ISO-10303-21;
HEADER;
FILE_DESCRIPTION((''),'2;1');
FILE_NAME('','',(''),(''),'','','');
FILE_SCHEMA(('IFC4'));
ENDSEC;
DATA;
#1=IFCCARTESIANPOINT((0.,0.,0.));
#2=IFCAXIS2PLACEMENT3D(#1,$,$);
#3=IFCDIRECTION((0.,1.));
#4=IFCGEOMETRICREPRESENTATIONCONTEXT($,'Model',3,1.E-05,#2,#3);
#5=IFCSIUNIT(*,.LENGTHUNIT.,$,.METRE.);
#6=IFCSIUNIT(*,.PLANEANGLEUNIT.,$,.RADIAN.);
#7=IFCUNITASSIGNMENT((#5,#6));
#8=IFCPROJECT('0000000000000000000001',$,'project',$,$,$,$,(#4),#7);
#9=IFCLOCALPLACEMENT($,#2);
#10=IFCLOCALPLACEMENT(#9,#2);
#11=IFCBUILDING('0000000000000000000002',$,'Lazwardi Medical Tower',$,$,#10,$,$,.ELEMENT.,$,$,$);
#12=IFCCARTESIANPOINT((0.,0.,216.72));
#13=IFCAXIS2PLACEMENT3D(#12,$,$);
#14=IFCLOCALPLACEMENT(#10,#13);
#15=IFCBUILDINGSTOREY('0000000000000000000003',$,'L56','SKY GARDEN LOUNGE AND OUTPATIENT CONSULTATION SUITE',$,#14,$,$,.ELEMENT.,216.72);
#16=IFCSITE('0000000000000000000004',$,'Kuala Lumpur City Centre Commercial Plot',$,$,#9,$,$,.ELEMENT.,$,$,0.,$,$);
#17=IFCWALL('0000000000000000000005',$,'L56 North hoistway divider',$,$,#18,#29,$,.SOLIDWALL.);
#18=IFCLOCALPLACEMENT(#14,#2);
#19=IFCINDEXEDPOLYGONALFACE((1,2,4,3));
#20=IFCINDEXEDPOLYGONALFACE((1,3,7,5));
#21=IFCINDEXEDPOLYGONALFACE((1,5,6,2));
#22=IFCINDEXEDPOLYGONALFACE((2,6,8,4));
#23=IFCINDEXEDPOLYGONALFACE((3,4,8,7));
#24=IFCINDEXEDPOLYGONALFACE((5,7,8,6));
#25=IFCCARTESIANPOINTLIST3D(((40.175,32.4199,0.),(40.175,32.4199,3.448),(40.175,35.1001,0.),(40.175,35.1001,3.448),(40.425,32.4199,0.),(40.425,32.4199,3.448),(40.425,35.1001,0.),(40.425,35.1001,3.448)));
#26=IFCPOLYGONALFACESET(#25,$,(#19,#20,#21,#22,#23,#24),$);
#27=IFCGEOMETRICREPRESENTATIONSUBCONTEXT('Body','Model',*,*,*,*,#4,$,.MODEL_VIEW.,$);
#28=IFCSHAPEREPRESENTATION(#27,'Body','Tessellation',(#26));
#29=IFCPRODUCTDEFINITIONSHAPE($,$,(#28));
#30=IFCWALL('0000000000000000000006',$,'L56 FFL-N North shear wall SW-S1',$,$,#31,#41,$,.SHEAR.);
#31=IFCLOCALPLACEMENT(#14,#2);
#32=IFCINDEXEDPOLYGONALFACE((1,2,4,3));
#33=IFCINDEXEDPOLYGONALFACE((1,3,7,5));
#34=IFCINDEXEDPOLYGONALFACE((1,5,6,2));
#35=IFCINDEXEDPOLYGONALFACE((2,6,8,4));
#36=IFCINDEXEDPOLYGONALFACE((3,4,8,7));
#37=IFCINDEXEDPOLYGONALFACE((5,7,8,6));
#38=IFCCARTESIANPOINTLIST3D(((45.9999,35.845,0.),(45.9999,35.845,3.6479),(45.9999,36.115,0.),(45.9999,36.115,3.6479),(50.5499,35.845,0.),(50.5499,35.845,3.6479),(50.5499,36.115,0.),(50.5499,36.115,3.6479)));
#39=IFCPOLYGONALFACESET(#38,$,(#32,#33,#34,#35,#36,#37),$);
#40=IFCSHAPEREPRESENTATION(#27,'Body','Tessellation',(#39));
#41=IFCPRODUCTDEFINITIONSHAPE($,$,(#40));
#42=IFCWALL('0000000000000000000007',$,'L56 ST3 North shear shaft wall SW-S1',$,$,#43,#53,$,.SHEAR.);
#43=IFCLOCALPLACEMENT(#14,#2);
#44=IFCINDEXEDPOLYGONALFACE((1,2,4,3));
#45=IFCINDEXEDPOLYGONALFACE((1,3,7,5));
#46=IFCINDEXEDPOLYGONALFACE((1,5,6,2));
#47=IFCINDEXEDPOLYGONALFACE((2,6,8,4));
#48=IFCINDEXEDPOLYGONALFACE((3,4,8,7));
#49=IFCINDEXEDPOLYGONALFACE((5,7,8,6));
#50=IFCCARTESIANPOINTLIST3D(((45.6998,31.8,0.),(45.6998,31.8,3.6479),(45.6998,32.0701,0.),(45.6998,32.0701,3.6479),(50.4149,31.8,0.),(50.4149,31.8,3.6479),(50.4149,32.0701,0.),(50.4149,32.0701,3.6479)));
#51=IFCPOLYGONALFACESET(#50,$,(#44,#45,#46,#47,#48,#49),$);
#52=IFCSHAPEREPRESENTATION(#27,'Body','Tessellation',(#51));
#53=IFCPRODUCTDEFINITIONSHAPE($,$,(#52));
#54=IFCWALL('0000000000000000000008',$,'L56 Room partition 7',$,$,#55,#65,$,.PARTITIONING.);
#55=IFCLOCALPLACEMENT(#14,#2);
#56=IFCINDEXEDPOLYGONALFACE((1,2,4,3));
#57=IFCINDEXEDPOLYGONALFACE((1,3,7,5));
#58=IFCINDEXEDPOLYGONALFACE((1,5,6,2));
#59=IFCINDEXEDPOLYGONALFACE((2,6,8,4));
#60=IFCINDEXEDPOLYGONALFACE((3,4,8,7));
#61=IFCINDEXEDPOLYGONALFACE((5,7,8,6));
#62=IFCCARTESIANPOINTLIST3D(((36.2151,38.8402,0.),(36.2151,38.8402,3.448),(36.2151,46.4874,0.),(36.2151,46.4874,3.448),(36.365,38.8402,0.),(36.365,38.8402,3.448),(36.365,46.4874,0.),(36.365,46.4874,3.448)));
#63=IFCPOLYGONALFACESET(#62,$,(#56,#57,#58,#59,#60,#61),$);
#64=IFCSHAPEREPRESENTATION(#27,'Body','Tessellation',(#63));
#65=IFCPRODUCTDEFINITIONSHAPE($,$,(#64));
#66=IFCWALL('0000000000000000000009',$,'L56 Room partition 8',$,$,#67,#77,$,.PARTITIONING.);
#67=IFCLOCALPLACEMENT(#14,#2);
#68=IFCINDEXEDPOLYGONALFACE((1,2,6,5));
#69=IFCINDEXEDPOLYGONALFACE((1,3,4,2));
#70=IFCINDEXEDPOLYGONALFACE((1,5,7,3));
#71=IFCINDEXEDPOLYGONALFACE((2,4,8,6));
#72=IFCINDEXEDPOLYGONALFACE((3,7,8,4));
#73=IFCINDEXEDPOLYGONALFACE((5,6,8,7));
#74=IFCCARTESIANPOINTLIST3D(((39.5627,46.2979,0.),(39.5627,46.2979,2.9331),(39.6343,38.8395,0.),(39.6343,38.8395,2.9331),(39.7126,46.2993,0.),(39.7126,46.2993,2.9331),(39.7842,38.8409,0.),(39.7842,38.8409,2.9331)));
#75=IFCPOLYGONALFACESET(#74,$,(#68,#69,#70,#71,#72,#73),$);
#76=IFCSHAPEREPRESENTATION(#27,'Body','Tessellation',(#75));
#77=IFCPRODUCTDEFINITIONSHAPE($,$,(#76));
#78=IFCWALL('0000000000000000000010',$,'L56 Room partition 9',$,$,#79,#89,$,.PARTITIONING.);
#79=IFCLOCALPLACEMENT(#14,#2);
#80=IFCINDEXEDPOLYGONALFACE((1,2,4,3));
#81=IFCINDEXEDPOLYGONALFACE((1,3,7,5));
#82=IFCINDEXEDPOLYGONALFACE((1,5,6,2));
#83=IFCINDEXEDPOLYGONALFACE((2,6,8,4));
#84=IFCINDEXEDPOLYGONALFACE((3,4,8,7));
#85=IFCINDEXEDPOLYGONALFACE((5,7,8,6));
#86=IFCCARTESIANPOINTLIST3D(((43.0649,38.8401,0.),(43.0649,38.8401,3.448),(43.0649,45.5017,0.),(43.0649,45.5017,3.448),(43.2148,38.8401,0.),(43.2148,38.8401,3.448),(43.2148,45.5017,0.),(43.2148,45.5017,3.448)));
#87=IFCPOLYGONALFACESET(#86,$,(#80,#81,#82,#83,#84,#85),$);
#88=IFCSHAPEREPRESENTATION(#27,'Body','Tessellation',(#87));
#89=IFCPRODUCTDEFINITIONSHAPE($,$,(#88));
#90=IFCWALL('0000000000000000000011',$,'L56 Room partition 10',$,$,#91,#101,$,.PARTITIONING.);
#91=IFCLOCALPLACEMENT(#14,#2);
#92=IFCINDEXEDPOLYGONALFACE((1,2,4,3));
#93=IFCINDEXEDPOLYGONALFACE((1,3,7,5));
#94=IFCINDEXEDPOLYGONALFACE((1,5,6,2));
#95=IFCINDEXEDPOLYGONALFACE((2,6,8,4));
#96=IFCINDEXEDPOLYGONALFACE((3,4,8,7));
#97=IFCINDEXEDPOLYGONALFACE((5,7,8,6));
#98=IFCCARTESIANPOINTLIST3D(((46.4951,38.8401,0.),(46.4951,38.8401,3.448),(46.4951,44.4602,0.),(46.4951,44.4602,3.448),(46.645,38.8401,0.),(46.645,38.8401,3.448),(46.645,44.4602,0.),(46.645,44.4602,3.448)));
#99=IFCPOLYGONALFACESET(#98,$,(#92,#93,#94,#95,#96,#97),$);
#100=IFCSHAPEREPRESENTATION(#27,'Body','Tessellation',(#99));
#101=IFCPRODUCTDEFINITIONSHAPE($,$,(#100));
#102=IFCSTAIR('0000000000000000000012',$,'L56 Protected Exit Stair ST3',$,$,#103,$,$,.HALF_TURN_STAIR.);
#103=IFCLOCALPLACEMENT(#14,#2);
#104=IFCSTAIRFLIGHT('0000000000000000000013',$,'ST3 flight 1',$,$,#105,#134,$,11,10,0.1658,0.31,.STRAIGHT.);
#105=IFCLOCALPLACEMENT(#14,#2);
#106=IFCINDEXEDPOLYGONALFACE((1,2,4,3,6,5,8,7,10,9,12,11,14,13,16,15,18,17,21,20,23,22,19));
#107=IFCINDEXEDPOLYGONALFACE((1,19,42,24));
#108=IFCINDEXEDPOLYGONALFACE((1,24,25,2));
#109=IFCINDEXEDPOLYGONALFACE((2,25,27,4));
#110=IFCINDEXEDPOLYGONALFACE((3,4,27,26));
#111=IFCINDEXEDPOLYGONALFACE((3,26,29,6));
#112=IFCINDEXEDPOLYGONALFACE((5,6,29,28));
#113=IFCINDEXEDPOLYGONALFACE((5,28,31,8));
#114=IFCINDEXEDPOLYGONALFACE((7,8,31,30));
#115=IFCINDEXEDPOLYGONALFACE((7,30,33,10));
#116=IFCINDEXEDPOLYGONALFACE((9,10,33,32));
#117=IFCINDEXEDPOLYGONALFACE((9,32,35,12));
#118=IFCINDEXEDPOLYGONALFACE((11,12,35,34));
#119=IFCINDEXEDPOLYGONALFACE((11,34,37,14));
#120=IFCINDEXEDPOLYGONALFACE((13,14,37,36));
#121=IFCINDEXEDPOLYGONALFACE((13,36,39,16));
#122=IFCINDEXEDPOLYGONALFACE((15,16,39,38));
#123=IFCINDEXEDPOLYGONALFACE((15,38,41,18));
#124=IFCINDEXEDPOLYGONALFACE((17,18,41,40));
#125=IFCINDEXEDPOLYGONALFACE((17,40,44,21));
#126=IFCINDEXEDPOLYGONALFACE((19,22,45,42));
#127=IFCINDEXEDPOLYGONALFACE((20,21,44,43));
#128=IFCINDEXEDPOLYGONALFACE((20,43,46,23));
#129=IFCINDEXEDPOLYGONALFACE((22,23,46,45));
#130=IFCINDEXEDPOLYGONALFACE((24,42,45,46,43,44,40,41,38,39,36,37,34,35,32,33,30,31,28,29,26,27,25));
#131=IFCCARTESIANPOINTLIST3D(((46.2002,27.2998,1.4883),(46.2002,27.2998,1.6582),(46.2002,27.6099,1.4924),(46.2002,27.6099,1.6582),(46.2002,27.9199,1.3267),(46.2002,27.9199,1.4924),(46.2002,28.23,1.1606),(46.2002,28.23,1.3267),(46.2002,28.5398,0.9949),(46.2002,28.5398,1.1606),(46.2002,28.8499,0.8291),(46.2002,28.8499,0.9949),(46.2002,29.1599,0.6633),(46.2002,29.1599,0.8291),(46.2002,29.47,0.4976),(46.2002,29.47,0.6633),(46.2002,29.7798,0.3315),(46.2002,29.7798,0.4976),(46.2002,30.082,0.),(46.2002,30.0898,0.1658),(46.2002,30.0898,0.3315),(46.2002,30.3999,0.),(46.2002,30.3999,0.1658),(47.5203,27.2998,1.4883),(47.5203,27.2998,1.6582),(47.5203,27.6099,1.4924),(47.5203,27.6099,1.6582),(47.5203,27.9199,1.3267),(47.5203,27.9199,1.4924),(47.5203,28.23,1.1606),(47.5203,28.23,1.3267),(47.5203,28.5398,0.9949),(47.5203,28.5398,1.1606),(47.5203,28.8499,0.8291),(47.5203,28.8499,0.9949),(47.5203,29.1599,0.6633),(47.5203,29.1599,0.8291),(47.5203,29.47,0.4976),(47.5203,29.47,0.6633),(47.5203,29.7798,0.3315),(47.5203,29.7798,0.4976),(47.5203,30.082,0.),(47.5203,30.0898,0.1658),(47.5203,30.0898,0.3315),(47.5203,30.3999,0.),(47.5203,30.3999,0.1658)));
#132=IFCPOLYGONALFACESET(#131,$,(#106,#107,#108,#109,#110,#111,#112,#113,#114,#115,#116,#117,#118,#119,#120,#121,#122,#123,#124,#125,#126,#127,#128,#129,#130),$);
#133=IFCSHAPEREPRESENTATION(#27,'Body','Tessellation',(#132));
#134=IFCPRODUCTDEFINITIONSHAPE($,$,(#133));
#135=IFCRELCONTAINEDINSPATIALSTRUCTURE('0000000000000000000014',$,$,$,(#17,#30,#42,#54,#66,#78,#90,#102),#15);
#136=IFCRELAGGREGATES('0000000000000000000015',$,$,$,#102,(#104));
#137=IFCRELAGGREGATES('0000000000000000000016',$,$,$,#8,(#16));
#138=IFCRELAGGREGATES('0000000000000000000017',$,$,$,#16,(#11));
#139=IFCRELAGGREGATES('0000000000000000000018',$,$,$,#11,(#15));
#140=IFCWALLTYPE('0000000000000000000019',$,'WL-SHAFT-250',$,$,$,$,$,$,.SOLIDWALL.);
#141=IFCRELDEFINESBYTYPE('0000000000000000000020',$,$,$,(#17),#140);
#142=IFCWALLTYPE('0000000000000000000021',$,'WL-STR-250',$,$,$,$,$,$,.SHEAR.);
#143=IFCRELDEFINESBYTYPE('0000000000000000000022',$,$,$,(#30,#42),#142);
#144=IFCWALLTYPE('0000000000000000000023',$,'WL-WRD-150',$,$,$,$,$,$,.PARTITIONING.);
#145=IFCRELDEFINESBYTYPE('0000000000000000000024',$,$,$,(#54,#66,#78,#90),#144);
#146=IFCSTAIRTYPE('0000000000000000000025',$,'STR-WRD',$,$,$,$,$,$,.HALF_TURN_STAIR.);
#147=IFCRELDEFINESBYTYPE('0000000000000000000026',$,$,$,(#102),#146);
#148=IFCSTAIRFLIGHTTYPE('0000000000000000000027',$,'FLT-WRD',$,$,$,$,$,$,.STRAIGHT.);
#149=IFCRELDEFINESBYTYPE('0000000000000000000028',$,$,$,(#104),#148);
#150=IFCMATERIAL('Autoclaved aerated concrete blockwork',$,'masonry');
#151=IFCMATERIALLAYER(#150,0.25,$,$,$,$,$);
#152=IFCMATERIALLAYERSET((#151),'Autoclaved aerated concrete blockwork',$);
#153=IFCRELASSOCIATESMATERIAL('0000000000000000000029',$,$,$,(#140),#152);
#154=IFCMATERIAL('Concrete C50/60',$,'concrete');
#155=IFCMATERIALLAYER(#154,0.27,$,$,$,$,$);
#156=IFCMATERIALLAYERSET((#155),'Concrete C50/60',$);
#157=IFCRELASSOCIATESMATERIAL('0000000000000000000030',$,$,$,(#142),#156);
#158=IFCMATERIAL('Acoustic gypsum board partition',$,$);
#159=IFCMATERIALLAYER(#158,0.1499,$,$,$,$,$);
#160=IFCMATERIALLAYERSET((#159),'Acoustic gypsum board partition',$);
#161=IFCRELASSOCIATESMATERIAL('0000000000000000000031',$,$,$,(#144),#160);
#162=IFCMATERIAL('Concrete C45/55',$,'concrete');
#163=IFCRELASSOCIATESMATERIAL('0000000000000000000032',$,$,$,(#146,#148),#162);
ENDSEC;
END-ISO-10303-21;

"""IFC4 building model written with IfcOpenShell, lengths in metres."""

from ifc_helpers import new_model, si_unit, direction, frame, frame_2d, origin, place, context, subcontext, project, spatial, polyline, rectangle, outline, extrude, material, layer, layer_set, type_object, element, aggregate, save


model = new_model("IFC4")

# Units and contexts
model_context = context("Model", 3, precision=1e-05, world=origin(), true_north=direction((0.0, 1.0)))
body_context = subcontext(model_context, "Body", "Model", "MODEL_VIEW")
ifc_project = project(units=[si_unit("LENGTHUNIT", "METRE"), si_unit("PLANEANGLEUNIT", "RADIAN")], contexts=[model_context])

# Site, building, storey
site_placement = place(None, origin())
site = spatial("IfcSite", under=ifc_project, at=site_placement, Name="Kuala Lumpur City Centre Commercial Plot", CompositionType="ELEMENT", RefElevation=0.0)
building_placement = place(site_placement, origin())
building = spatial("IfcBuilding", under=site, at=building_placement, Name="Lazwardi Medical Tower", CompositionType="ELEMENT")
storey_placement = place(building_placement, frame((0.0, 0.0, 216.72)))
storey = spatial("IfcBuildingStorey", under=building, at=storey_placement, Name="L56", Description="SKY GARDEN LOUNGE AND OUTPATIENT CONSULTATION SUITE", CompositionType="ELEMENT", Elevation=216.72)

# Walls
ifc_material_1 = material(Name="Autoclaved aerated concrete blockwork", Category="masonry")
ifc_layer_1 = layer(ifc_material_1, 0.25)
ifc_layer_set_1 = layer_set([ifc_layer_1], Name="Autoclaved aerated concrete blockwork")
wall_type_1 = type_object("IfcWallType", Name="WL-SHAFT-250", PredefinedType="SOLIDWALL", material=ifc_layer_set_1)
for number, where, z_axis, x_axis, name in (
    (1, (40.3, 32.4199, 0.0), (0.0, 0.0, 1.0), (0.0, 1.0, 0.0), "L56 North hoistway divider"),
):
    element("IfcWall", number, at=place(storey_placement, frame(where, z_axis=z_axis, x_axis=x_axis)), inside=storey, type_object=wall_type_1, Name=name, PredefinedType="SOLIDWALL", context=body_context, shape_type="SweptSolid", body=[
        extrude(rectangle(XDim=2.6802, YDim=0.25, at=frame_2d((1.3401, 0.0))), origin(), (0.0, 0.0, 1.0), 3.448),
    ])
ifc_material_2 = material(Name="Concrete C50/60", Category="concrete")
ifc_layer_2 = layer(ifc_material_2, 0.27)
ifc_layer_set_2 = layer_set([ifc_layer_2], Name="Concrete C50/60")
wall_type_2 = type_object("IfcWallType", Name="WL-STR-250", PredefinedType="SHEAR", material=ifc_layer_set_2)
wall_1_placement = place(storey_placement, frame((46.0, 35.98, 0.0), z_axis=(0.0, 0.0, 1.0), x_axis=(1.0, 0.0, 0.0)))
element("IfcWall", 2, at=wall_1_placement, inside=storey, type_object=wall_type_2, Name="L56 FFL-N North shear wall SW-S1", PredefinedType="SHEAR", context=body_context, shape_type="SweptSolid", body=[
    extrude(rectangle(XDim=4.55, YDim=0.27, at=frame_2d((2.2749, 0.0))), origin(), (0.0, 0.0, 1.0), 3.6479),
])
wall_2_placement = place(storey_placement, frame((45.7, 31.9351, 0.0), z_axis=(0.0, 0.0, 1.0), x_axis=(1.0, 0.0, 0.0)))
element("IfcWall", 3, at=wall_2_placement, inside=storey, type_object=wall_type_2, Name="L56 ST3 North shear shaft wall SW-S1", PredefinedType="SHEAR", context=body_context, shape_type="SweptSolid", body=[
    extrude(rectangle(XDim=4.7151, YDim=0.27, at=frame_2d((2.3574, 0.0))), origin(), (0.0, 0.0, 1.0), 3.6479),
])
ifc_material_3 = material(Name="Acoustic gypsum board partition")
ifc_layer_3 = layer(ifc_material_3, 0.1499)
ifc_layer_set_3 = layer_set([ifc_layer_3], Name="Acoustic gypsum board partition")
wall_type_3 = type_object("IfcWallType", Name="WL-WRD-150", PredefinedType="PARTITIONING", material=ifc_layer_set_3)
wall_3_placement = place(storey_placement, frame((36.29, 38.8401, 0.0), z_axis=(0.0, 0.0, 1.0), x_axis=(0.0, 1.0, 0.0)))
element("IfcWall", 4, at=wall_3_placement, inside=storey, type_object=wall_type_3, Name="L56 Room partition 7", PredefinedType="PARTITIONING", context=body_context, shape_type="SweptSolid", body=[
    extrude(rectangle(XDim=7.6472, YDim=0.1499, at=frame_2d((3.8237, 0.0))), origin(), (0.0, 0.0, 1.0), 3.448),
])
wall_4_placement = place(storey_placement, frame((39.7092, 38.8401, 0.0), z_axis=(0.0, 0.0, 1.0), x_axis=(-0.00959, 0.999954, 0.0)))
element("IfcWall", 5, at=wall_4_placement, inside=storey, type_object=wall_type_3, Name="L56 Room partition 8", PredefinedType="PARTITIONING", context=body_context, shape_type="SweptSolid", body=[
    extrude(rectangle(XDim=7.4587, YDim=0.1499, at=frame_2d((3.7295, 0.0))), origin(), (0.0, 0.0, 1.0), 2.9331),
])
wall_5_placement = place(storey_placement, frame((43.1399, 38.8401, 0.0), z_axis=(0.0, 0.0, 1.0), x_axis=(0.0, 1.0, 0.0)))
element("IfcWall", 6, at=wall_5_placement, inside=storey, type_object=wall_type_3, Name="L56 Room partition 9", PredefinedType="PARTITIONING", context=body_context, shape_type="SweptSolid", body=[
    extrude(rectangle(XDim=6.6616, YDim=0.1499, at=frame_2d((3.3308, 0.0))), origin(), (0.0, 0.0, 1.0), 3.448),
])
wall_6_placement = place(storey_placement, frame((46.5701, 38.8401, 0.0), z_axis=(0.0, 0.0, 1.0), x_axis=(0.0, 1.0, 0.0)))
element("IfcWall", 7, at=wall_6_placement, inside=storey, type_object=wall_type_3, Name="L56 Room partition 10", PredefinedType="PARTITIONING", context=body_context, shape_type="SweptSolid", body=[
    extrude(rectangle(XDim=5.6201, YDim=0.1499, at=frame_2d((2.8101, 0.0))), origin(), (0.0, 0.0, 1.0), 3.448),
])

# Stair, stair flight
ifc_material_4 = material(Name="Concrete C45/55", Category="concrete")
stair_type = type_object("IfcStairType", Name="STR-WRD", PredefinedType="HALF_TURN_STAIR", material=ifc_material_4)
stair_placement = place(storey_placement, origin())
stair = element("IfcStair", 8, at=stair_placement, inside=storey, type_object=stair_type, Name="L56 Protected Exit Stair ST3", PredefinedType="HALF_TURN_STAIR")
stair_flight_type = type_object("IfcStairFlightType", Name="FLT-WRD", PredefinedType="STRAIGHT", material=ifc_material_4)
stair_flight_placement = place(storey_placement, frame((46.8601, 30.3999, 0.0), z_axis=(0.0, 0.0, 1.0), x_axis=(0.0, -1.0, 0.0)))
stair_flight = element("IfcStairFlight", 9, at=stair_flight_placement, type_object=stair_flight_type, Name="ST3 flight 1", NumberOfRisers=11, NumberOfTreads=10, PredefinedType="STRAIGHT", RiserHeight=0.1658, TreadLength=0.31, context=body_context, shape_type="SweptSolid", body=[
    extrude(outline(polyline([(0.0, 0.0), (0.0, 0.1658), (0.3101, 0.1658), (0.3101, 0.3315), (0.6201, 0.3315), (0.6201, 0.4976), (0.9299, 0.4976), (0.9299, 0.6633), (1.24, 0.6633), (1.24, 0.8291), (1.55, 0.8291), (1.55, 0.9949), (1.8601, 0.9949), (1.8601, 1.1606), (2.1699, 1.1606), (2.1699, 1.3267), (2.48, 1.3267), (2.48, 1.4924), (2.79, 1.4924), (2.79, 1.6582), (3.1001, 1.6582), (3.1001, 1.824), (3.1001, 1.4883), (0.3179, 0.0), (0.0, 0.0)])), frame((0.0, 0.6602, 0.0), z_axis=(0.0, -1.0, 0.0), x_axis=(1.0, 0.0, 0.0)), (0.0, 0.0, 1.0), 1.3201),
])
aggregate(stair, [stair_flight])

save(model, "model.ifc")
